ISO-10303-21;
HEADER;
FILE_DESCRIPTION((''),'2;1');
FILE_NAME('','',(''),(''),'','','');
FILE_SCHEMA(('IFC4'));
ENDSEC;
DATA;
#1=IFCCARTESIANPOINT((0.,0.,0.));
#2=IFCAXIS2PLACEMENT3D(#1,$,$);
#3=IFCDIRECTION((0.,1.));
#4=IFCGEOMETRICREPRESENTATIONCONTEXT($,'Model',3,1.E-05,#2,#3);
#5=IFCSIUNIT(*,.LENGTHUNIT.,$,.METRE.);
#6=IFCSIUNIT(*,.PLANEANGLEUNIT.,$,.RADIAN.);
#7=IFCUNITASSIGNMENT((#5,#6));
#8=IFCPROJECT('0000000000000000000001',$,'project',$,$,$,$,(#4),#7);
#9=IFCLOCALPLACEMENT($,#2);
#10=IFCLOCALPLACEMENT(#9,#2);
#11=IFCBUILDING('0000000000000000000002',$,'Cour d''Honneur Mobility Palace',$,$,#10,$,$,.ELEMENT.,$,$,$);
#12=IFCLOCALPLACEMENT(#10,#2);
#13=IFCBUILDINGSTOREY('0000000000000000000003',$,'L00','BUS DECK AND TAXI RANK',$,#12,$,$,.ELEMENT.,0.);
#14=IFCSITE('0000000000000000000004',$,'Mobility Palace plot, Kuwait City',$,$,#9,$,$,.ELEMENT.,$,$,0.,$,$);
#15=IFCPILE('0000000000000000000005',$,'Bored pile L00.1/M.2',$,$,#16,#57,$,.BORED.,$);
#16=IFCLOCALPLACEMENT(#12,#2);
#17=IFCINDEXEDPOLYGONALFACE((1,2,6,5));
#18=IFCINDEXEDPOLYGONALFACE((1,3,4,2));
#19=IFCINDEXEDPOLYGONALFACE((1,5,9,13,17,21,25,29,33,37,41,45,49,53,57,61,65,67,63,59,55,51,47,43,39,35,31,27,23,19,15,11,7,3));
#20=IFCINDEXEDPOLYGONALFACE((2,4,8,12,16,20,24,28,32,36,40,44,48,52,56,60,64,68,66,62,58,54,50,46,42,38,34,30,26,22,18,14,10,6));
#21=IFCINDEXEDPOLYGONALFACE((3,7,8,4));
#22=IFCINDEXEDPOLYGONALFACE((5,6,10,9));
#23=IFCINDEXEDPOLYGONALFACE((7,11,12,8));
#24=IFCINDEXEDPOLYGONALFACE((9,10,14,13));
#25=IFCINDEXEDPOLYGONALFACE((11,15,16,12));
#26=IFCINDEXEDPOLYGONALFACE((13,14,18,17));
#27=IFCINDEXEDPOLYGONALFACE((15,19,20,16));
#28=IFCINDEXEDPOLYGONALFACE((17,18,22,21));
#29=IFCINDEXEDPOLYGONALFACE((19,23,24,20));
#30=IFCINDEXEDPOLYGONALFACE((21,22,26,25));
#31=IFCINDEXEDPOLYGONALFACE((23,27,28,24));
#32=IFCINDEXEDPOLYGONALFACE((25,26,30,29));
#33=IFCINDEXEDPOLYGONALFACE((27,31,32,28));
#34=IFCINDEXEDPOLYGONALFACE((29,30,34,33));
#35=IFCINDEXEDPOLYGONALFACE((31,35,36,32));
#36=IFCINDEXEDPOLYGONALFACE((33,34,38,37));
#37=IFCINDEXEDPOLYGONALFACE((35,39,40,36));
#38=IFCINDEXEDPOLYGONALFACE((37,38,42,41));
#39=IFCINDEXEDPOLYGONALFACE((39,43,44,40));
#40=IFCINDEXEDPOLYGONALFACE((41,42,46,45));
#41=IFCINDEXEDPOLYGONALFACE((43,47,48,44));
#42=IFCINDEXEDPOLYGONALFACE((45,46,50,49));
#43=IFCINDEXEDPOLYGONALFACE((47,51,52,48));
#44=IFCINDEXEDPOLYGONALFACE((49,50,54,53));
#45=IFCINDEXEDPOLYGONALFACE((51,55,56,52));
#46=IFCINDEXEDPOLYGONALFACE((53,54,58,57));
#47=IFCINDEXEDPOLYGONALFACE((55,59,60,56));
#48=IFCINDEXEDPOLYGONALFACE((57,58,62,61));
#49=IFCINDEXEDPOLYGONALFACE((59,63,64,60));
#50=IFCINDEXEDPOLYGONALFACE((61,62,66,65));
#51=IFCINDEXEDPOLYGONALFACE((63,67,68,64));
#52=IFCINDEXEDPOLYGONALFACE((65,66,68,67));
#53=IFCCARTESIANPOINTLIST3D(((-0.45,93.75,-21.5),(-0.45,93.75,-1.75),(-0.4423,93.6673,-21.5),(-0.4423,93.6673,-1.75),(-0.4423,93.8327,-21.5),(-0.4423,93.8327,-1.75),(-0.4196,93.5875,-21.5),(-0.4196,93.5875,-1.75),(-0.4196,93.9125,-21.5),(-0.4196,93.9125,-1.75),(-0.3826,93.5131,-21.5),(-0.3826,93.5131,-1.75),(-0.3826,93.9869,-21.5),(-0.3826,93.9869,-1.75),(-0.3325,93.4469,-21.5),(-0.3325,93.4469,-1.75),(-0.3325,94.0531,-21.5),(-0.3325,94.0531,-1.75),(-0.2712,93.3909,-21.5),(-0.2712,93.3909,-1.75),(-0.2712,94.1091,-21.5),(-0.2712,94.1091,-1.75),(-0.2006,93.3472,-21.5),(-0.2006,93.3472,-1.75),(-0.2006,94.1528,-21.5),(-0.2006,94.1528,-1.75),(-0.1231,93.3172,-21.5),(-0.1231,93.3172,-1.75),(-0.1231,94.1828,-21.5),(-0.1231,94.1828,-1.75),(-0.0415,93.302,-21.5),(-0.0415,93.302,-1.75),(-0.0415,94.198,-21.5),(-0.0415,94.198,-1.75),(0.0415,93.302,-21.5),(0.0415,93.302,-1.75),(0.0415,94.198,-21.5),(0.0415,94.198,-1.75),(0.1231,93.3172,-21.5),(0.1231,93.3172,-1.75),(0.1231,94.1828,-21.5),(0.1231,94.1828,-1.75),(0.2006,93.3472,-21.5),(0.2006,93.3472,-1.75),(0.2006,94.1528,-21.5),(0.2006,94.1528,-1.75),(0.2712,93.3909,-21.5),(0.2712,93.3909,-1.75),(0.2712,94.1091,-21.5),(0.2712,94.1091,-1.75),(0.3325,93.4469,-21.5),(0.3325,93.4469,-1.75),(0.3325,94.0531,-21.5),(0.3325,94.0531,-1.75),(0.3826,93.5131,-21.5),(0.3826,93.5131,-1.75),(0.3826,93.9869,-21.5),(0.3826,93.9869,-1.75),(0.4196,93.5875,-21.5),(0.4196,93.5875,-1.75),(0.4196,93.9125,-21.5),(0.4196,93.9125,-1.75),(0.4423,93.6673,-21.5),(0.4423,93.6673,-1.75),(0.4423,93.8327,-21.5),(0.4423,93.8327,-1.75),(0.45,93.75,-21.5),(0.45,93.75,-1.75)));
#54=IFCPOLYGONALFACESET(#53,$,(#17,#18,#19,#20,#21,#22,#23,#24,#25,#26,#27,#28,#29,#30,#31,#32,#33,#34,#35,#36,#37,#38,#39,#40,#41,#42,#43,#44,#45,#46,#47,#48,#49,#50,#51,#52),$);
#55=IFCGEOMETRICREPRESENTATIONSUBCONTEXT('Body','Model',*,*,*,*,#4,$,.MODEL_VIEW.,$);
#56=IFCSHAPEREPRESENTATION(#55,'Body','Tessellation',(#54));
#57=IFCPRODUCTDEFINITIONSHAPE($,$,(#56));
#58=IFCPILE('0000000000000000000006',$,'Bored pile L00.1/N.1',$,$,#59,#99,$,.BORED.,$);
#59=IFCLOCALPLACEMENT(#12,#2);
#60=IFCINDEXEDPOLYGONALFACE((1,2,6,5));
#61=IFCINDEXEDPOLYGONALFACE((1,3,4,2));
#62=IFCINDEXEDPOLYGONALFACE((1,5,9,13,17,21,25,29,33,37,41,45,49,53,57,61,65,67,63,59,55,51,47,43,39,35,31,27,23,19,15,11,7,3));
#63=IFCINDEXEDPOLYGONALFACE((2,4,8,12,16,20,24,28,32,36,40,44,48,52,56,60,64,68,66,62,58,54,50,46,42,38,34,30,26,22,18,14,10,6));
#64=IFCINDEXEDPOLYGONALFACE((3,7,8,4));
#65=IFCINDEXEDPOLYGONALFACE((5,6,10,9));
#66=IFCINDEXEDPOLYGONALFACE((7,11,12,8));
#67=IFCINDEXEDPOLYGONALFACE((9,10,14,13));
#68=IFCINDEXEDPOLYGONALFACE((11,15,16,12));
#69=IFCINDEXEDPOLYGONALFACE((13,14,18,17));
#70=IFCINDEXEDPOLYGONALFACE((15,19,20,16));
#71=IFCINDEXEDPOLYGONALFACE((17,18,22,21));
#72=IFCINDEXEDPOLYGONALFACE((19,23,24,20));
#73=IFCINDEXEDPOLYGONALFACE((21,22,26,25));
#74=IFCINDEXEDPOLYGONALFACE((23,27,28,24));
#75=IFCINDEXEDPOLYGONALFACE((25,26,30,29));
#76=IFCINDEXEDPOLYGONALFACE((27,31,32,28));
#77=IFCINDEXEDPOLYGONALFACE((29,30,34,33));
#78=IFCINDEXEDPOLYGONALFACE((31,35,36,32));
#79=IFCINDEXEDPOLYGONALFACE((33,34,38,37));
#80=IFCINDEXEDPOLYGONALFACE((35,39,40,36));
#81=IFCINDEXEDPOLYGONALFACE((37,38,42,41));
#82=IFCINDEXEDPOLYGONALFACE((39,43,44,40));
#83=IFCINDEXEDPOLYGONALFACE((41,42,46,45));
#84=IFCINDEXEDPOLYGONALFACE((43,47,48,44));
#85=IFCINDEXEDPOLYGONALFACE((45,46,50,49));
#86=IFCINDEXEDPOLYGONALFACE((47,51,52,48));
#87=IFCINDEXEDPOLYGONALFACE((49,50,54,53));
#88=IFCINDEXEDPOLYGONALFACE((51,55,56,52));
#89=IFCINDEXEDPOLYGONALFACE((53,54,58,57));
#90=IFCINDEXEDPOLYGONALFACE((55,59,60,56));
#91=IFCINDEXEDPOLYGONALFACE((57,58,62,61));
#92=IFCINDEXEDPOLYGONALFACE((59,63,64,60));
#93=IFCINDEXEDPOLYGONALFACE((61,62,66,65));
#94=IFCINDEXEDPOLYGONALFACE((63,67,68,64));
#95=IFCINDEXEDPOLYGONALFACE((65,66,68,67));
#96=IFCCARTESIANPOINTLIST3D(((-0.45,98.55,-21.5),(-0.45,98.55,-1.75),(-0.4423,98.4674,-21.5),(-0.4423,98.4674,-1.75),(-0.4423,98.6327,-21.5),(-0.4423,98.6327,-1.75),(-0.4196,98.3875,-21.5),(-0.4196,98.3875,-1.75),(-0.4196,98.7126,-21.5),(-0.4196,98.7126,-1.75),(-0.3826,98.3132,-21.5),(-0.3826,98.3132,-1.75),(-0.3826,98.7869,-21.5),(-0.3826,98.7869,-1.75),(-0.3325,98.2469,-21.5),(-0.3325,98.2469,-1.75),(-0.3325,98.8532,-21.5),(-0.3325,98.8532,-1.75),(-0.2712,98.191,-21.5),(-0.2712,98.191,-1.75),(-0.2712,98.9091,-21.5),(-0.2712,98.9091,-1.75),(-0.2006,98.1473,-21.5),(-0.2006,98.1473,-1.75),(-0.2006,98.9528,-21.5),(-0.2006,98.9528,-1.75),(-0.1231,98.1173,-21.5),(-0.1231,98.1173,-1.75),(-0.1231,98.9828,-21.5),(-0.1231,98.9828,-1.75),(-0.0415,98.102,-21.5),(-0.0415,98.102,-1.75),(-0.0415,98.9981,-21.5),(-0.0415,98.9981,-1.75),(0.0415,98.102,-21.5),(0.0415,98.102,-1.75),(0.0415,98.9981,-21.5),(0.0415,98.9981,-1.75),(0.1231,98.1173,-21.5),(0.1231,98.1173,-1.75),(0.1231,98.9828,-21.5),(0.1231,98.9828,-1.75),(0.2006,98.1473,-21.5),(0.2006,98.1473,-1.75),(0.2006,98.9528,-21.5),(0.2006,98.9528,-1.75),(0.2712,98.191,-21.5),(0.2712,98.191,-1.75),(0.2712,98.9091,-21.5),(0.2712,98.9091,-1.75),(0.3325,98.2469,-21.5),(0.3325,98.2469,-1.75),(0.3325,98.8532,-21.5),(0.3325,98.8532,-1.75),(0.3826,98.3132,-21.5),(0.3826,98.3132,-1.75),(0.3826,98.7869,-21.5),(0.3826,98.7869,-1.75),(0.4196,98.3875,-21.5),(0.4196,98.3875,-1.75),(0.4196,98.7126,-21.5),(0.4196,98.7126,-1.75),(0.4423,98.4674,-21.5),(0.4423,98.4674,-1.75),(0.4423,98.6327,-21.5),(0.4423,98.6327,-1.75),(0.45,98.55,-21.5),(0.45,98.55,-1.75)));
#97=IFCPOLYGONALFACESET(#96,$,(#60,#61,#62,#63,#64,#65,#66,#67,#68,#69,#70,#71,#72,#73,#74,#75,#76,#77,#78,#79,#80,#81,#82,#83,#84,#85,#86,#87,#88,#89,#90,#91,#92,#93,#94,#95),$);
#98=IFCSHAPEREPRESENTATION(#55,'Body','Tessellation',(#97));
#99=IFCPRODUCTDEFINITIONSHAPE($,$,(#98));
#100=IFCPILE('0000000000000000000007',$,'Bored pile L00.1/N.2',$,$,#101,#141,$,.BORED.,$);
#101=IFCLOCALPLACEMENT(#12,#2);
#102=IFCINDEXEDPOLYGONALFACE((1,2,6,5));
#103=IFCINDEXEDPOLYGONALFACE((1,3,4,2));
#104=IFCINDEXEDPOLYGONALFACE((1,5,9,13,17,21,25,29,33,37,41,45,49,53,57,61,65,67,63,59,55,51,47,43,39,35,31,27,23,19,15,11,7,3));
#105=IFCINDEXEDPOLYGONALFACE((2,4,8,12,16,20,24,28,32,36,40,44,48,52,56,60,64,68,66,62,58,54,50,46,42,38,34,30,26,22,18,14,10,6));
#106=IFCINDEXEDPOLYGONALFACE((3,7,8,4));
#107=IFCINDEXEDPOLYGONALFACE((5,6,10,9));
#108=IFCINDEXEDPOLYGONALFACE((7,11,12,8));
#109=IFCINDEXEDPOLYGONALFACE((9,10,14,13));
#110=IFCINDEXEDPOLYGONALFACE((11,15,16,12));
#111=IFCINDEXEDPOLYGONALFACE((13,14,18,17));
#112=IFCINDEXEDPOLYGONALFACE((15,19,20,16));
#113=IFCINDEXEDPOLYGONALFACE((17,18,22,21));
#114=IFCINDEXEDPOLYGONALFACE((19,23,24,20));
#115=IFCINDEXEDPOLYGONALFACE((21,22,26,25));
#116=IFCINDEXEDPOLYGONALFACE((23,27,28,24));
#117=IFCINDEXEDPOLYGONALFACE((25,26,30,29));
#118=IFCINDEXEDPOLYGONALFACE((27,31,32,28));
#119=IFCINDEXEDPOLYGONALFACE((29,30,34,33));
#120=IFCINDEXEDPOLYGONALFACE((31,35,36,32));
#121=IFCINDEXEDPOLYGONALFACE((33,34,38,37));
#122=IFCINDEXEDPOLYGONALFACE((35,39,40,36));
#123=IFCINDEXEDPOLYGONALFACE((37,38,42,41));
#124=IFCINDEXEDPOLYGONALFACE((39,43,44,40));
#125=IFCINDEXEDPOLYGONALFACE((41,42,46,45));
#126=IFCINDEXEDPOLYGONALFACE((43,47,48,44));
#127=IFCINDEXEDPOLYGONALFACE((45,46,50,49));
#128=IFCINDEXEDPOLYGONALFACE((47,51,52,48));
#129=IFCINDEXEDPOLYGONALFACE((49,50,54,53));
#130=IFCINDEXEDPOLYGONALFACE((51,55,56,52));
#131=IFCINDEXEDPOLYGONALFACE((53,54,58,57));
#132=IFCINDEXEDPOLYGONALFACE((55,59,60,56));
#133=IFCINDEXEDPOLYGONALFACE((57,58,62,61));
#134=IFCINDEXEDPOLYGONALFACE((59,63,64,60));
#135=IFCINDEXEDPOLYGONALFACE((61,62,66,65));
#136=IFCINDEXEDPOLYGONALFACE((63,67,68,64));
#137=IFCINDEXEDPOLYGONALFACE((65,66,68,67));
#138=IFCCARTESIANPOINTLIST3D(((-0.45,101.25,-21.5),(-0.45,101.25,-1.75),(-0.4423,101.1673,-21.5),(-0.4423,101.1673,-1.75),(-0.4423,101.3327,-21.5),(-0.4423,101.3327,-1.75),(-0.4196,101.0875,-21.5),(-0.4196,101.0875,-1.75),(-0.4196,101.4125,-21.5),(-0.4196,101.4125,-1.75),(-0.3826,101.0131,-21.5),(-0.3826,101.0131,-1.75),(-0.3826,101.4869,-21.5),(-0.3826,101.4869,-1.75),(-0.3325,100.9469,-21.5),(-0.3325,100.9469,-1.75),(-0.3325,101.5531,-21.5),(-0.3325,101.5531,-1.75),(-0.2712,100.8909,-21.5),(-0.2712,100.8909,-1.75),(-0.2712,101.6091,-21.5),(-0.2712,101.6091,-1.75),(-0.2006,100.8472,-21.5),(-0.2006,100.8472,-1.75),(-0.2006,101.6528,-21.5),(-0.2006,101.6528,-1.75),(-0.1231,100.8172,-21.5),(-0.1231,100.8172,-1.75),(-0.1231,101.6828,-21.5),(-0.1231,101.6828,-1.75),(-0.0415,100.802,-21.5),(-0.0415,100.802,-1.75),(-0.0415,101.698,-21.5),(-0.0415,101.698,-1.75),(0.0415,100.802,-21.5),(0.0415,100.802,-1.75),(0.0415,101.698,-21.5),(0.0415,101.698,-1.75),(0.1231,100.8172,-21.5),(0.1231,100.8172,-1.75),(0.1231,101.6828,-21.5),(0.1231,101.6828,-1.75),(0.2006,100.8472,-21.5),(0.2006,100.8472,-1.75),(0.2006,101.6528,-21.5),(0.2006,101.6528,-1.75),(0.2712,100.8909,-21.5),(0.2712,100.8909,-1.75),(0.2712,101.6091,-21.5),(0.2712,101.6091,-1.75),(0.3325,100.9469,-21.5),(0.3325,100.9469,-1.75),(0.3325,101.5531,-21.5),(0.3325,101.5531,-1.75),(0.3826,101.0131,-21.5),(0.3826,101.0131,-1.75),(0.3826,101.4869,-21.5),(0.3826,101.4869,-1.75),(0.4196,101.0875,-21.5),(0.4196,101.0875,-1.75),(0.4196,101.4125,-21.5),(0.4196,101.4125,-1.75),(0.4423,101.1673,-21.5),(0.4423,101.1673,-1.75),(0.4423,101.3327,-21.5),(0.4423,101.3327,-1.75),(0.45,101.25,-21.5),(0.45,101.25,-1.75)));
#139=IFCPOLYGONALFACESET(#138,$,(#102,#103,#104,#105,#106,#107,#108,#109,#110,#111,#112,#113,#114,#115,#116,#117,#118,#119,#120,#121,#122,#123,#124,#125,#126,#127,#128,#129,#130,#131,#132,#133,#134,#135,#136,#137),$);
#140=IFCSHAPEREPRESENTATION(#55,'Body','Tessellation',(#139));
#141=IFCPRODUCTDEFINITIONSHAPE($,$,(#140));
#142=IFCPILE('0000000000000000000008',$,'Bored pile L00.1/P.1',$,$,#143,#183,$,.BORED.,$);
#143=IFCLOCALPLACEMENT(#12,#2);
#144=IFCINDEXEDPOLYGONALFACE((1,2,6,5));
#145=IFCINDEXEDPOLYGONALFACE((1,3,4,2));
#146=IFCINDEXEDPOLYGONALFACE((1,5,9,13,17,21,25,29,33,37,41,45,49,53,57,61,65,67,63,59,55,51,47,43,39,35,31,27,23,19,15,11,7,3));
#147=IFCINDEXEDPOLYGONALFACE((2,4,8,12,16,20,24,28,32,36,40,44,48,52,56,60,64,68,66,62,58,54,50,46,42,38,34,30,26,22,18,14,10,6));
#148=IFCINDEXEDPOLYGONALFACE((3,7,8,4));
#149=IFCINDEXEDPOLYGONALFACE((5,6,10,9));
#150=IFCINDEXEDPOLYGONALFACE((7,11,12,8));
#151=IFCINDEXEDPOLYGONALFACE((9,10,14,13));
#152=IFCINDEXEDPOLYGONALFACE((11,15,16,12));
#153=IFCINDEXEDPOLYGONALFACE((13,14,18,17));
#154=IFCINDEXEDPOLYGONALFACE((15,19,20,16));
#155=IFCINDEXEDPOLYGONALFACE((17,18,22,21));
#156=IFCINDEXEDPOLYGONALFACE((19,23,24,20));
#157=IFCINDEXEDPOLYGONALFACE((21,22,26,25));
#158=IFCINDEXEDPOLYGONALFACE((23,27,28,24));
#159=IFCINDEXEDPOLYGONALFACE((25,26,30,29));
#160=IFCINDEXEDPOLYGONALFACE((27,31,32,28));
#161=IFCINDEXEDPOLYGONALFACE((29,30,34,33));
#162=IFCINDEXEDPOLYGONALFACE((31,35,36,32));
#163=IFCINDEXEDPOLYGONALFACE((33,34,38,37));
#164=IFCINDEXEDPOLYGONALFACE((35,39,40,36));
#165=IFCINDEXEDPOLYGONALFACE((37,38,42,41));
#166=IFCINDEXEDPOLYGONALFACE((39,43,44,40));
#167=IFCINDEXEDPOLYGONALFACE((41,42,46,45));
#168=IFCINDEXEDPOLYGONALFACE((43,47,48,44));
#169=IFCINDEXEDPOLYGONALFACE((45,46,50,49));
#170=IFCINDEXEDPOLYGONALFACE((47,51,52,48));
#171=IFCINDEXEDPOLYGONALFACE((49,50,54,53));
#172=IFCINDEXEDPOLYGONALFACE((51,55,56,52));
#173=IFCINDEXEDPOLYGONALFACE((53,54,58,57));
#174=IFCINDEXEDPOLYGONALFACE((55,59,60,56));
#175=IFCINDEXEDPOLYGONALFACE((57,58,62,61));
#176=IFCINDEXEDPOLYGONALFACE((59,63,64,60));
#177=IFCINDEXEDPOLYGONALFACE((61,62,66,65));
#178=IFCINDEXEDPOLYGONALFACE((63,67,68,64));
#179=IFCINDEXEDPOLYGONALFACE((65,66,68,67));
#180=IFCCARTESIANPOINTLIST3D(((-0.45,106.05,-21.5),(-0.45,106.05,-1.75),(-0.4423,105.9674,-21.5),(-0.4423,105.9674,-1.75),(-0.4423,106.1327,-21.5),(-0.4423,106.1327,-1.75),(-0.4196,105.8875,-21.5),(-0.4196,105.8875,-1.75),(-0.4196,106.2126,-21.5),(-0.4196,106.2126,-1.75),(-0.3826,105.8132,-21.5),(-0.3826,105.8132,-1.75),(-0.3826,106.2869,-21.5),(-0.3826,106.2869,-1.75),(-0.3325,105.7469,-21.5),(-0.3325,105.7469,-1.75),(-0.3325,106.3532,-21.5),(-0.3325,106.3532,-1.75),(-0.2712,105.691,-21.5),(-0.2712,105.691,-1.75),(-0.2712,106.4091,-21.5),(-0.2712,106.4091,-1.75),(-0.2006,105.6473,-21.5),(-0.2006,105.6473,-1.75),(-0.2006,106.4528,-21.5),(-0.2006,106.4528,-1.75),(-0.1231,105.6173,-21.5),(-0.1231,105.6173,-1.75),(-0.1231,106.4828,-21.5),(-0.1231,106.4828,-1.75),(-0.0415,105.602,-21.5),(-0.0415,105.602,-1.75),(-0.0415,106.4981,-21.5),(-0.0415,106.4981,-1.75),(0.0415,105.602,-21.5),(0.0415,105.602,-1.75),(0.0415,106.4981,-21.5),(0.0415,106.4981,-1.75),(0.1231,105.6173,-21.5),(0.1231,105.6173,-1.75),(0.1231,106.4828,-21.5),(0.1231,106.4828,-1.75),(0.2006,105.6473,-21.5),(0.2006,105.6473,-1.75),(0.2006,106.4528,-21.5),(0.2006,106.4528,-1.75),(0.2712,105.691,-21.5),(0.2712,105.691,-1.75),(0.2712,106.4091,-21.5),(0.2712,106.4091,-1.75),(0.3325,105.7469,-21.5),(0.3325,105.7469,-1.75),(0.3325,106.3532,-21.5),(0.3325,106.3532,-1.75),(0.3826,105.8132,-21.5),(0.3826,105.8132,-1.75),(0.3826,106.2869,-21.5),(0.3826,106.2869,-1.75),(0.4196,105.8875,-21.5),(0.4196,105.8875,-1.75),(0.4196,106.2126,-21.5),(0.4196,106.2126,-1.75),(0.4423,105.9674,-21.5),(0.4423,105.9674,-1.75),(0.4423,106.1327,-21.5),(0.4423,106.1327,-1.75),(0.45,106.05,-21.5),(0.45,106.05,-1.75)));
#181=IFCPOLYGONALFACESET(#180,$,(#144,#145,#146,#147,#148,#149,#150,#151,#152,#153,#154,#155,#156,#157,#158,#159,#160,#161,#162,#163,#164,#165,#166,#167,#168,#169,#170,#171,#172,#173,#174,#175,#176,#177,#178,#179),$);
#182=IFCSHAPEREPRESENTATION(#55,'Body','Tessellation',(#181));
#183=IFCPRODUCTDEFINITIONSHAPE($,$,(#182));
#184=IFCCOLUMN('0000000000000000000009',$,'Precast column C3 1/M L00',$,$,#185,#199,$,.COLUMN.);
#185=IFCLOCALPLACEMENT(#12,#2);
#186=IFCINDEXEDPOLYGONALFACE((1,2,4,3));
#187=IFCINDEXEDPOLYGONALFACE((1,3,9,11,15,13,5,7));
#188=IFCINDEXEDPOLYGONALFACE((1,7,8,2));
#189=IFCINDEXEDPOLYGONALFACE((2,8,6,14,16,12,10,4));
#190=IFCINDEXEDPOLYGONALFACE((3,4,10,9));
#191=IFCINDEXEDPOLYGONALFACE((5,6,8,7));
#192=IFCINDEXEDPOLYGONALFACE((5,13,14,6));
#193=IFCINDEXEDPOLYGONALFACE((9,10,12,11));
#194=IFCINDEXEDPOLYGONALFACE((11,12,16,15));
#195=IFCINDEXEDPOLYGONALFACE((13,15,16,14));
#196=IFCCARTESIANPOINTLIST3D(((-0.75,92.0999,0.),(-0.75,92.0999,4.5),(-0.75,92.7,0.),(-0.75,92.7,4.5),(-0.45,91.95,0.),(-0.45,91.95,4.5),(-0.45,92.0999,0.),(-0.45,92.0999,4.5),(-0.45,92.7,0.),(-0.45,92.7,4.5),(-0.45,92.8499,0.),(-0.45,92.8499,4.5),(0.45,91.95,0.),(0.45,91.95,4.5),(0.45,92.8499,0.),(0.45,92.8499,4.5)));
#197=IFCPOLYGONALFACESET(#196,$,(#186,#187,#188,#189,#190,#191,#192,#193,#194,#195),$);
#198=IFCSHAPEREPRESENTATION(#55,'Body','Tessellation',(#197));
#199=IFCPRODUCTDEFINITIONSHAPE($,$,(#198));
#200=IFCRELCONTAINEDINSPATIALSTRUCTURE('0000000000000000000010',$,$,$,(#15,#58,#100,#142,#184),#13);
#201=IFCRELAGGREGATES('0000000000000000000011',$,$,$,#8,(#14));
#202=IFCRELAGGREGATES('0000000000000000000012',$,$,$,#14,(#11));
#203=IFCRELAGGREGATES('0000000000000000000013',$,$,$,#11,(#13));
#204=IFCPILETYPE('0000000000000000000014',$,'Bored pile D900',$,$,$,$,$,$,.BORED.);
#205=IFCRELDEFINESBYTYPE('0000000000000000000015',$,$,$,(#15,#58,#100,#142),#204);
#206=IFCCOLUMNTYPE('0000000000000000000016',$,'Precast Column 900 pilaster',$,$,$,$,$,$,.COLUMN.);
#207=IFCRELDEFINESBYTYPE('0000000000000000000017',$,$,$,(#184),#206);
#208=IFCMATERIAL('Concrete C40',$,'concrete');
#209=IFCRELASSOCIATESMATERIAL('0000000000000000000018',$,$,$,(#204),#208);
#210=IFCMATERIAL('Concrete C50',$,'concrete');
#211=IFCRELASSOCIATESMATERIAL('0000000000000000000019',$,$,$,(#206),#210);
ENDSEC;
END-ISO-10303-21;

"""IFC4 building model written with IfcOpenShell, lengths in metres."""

from ifc_helpers import new_model, si_unit, direction, frame, origin, origin_2d, place, context, subcontext, project, spatial, polyline, circle, outline, extrude, material, material_profile, profile_set, type_object, element, save


model = new_model("IFC4")

# Units and contexts
model_context = context("Model", 3, precision=1e-05, world=origin(), true_north=direction((0.0, 1.0)))
body_context = subcontext(model_context, "Body", "Model", "MODEL_VIEW")
ifc_project = project(units=[si_unit("LENGTHUNIT", "METRE"), si_unit("PLANEANGLEUNIT", "RADIAN")], contexts=[model_context])

# Site, building, storey
site_placement = place(None, origin())
site = spatial("IfcSite", under=ifc_project, at=site_placement, Name="Mobility Palace plot, Kuwait City", CompositionType="ELEMENT", RefElevation=0.0)
building_placement = place(site_placement, origin())
building = spatial("IfcBuilding", under=site, at=building_placement, Name="Cour d'Honneur Mobility Palace", CompositionType="ELEMENT")
storey_placement = place(building_placement, origin())
storey = spatial("IfcBuildingStorey", under=building, at=storey_placement, Name="L00", Description="BUS DECK AND TAXI RANK", CompositionType="ELEMENT", Elevation=0.0)

# Piles
ifc_material_1 = material(Name="Concrete C40", Category="concrete")
ifc_material_profile_1 = material_profile(ifc_material_1, circle(Radius=0.45, at=origin_2d()), Name="Bored pile D900")
ifc_profile_set_1 = profile_set([ifc_material_profile_1], Name="Concrete C40")
pile_type = type_object("IfcPileType", Name="Bored pile D900", PredefinedType="BORED", material=ifc_profile_set_1)
for number, where, z_axis, x_axis, name in (
    (1, (0.0, 93.75, -1.75), (0.0, 0.0, -1.0), (1.0, 0.0, 0.0), "Bored pile L00.1/M.2"),
    (2, (0.0, 98.55, -1.75), (0.0, 0.0, -1.0), (1.0, 0.0, 0.0), "Bored pile L00.1/N.1"),
    (3, (0.0, 101.25, -1.75), (0.0, 0.0, -1.0), (1.0, 0.0, 0.0), "Bored pile L00.1/N.2"),
    (4, (0.0, 106.05, -1.75), (0.0, 0.0, -1.0), (1.0, 0.0, 0.0), "Bored pile L00.1/P.1"),
):
    element("IfcPile", number, at=place(storey_placement, frame(where, z_axis=z_axis, x_axis=x_axis)), inside=storey, type_object=pile_type, Name=name, PredefinedType="BORED", context=body_context, shape_type="SweptSolid", body=[
        extrude(circle(Radius=0.45, at=origin_2d()), origin(), (0.0, 0.0, 1.0), 19.75),
    ])

# Column
ifc_material_2 = material(Name="Concrete C50", Category="concrete")
ifc_material_profile_2 = material_profile(ifc_material_2, outline(polyline([(-0.45, -0.45), (0.45, -0.45), (0.45, -0.3), (0.75, -0.3), (0.75, 0.3), (0.45, 0.3), (0.45, 0.45), (-0.45, 0.45), (-0.45, -0.45)])), Name="PC C900 pilaster")
ifc_profile_set_2 = profile_set([ifc_material_profile_2], Name="Concrete C50")
column_type = type_object("IfcColumnType", Name="Precast Column 900 pilaster", PredefinedType="COLUMN", material=ifc_profile_set_2)
for number, where, z_axis, x_axis, name in (
    (5, (0.0, 92.3999, 0.0), (0.0, 0.0, 1.0), (-1.0, 0.0, 0.0), "Precast column C3 1/M L00"),
):
    element("IfcColumn", number, at=place(storey_placement, frame(where, z_axis=z_axis, x_axis=x_axis)), inside=storey, type_object=column_type, Name=name, PredefinedType="COLUMN", context=body_context, shape_type="SweptSolid", body=[
        extrude(outline(polyline([(-0.45, -0.45), (0.45, -0.45), (0.45, -0.3), (0.75, -0.3), (0.75, 0.3), (0.45, 0.3), (0.45, 0.45), (-0.45, 0.45), (-0.45, -0.45)])), origin(), (0.0, 0.0, 1.0), 4.5),
    ])

save(model, "model.ifc")
